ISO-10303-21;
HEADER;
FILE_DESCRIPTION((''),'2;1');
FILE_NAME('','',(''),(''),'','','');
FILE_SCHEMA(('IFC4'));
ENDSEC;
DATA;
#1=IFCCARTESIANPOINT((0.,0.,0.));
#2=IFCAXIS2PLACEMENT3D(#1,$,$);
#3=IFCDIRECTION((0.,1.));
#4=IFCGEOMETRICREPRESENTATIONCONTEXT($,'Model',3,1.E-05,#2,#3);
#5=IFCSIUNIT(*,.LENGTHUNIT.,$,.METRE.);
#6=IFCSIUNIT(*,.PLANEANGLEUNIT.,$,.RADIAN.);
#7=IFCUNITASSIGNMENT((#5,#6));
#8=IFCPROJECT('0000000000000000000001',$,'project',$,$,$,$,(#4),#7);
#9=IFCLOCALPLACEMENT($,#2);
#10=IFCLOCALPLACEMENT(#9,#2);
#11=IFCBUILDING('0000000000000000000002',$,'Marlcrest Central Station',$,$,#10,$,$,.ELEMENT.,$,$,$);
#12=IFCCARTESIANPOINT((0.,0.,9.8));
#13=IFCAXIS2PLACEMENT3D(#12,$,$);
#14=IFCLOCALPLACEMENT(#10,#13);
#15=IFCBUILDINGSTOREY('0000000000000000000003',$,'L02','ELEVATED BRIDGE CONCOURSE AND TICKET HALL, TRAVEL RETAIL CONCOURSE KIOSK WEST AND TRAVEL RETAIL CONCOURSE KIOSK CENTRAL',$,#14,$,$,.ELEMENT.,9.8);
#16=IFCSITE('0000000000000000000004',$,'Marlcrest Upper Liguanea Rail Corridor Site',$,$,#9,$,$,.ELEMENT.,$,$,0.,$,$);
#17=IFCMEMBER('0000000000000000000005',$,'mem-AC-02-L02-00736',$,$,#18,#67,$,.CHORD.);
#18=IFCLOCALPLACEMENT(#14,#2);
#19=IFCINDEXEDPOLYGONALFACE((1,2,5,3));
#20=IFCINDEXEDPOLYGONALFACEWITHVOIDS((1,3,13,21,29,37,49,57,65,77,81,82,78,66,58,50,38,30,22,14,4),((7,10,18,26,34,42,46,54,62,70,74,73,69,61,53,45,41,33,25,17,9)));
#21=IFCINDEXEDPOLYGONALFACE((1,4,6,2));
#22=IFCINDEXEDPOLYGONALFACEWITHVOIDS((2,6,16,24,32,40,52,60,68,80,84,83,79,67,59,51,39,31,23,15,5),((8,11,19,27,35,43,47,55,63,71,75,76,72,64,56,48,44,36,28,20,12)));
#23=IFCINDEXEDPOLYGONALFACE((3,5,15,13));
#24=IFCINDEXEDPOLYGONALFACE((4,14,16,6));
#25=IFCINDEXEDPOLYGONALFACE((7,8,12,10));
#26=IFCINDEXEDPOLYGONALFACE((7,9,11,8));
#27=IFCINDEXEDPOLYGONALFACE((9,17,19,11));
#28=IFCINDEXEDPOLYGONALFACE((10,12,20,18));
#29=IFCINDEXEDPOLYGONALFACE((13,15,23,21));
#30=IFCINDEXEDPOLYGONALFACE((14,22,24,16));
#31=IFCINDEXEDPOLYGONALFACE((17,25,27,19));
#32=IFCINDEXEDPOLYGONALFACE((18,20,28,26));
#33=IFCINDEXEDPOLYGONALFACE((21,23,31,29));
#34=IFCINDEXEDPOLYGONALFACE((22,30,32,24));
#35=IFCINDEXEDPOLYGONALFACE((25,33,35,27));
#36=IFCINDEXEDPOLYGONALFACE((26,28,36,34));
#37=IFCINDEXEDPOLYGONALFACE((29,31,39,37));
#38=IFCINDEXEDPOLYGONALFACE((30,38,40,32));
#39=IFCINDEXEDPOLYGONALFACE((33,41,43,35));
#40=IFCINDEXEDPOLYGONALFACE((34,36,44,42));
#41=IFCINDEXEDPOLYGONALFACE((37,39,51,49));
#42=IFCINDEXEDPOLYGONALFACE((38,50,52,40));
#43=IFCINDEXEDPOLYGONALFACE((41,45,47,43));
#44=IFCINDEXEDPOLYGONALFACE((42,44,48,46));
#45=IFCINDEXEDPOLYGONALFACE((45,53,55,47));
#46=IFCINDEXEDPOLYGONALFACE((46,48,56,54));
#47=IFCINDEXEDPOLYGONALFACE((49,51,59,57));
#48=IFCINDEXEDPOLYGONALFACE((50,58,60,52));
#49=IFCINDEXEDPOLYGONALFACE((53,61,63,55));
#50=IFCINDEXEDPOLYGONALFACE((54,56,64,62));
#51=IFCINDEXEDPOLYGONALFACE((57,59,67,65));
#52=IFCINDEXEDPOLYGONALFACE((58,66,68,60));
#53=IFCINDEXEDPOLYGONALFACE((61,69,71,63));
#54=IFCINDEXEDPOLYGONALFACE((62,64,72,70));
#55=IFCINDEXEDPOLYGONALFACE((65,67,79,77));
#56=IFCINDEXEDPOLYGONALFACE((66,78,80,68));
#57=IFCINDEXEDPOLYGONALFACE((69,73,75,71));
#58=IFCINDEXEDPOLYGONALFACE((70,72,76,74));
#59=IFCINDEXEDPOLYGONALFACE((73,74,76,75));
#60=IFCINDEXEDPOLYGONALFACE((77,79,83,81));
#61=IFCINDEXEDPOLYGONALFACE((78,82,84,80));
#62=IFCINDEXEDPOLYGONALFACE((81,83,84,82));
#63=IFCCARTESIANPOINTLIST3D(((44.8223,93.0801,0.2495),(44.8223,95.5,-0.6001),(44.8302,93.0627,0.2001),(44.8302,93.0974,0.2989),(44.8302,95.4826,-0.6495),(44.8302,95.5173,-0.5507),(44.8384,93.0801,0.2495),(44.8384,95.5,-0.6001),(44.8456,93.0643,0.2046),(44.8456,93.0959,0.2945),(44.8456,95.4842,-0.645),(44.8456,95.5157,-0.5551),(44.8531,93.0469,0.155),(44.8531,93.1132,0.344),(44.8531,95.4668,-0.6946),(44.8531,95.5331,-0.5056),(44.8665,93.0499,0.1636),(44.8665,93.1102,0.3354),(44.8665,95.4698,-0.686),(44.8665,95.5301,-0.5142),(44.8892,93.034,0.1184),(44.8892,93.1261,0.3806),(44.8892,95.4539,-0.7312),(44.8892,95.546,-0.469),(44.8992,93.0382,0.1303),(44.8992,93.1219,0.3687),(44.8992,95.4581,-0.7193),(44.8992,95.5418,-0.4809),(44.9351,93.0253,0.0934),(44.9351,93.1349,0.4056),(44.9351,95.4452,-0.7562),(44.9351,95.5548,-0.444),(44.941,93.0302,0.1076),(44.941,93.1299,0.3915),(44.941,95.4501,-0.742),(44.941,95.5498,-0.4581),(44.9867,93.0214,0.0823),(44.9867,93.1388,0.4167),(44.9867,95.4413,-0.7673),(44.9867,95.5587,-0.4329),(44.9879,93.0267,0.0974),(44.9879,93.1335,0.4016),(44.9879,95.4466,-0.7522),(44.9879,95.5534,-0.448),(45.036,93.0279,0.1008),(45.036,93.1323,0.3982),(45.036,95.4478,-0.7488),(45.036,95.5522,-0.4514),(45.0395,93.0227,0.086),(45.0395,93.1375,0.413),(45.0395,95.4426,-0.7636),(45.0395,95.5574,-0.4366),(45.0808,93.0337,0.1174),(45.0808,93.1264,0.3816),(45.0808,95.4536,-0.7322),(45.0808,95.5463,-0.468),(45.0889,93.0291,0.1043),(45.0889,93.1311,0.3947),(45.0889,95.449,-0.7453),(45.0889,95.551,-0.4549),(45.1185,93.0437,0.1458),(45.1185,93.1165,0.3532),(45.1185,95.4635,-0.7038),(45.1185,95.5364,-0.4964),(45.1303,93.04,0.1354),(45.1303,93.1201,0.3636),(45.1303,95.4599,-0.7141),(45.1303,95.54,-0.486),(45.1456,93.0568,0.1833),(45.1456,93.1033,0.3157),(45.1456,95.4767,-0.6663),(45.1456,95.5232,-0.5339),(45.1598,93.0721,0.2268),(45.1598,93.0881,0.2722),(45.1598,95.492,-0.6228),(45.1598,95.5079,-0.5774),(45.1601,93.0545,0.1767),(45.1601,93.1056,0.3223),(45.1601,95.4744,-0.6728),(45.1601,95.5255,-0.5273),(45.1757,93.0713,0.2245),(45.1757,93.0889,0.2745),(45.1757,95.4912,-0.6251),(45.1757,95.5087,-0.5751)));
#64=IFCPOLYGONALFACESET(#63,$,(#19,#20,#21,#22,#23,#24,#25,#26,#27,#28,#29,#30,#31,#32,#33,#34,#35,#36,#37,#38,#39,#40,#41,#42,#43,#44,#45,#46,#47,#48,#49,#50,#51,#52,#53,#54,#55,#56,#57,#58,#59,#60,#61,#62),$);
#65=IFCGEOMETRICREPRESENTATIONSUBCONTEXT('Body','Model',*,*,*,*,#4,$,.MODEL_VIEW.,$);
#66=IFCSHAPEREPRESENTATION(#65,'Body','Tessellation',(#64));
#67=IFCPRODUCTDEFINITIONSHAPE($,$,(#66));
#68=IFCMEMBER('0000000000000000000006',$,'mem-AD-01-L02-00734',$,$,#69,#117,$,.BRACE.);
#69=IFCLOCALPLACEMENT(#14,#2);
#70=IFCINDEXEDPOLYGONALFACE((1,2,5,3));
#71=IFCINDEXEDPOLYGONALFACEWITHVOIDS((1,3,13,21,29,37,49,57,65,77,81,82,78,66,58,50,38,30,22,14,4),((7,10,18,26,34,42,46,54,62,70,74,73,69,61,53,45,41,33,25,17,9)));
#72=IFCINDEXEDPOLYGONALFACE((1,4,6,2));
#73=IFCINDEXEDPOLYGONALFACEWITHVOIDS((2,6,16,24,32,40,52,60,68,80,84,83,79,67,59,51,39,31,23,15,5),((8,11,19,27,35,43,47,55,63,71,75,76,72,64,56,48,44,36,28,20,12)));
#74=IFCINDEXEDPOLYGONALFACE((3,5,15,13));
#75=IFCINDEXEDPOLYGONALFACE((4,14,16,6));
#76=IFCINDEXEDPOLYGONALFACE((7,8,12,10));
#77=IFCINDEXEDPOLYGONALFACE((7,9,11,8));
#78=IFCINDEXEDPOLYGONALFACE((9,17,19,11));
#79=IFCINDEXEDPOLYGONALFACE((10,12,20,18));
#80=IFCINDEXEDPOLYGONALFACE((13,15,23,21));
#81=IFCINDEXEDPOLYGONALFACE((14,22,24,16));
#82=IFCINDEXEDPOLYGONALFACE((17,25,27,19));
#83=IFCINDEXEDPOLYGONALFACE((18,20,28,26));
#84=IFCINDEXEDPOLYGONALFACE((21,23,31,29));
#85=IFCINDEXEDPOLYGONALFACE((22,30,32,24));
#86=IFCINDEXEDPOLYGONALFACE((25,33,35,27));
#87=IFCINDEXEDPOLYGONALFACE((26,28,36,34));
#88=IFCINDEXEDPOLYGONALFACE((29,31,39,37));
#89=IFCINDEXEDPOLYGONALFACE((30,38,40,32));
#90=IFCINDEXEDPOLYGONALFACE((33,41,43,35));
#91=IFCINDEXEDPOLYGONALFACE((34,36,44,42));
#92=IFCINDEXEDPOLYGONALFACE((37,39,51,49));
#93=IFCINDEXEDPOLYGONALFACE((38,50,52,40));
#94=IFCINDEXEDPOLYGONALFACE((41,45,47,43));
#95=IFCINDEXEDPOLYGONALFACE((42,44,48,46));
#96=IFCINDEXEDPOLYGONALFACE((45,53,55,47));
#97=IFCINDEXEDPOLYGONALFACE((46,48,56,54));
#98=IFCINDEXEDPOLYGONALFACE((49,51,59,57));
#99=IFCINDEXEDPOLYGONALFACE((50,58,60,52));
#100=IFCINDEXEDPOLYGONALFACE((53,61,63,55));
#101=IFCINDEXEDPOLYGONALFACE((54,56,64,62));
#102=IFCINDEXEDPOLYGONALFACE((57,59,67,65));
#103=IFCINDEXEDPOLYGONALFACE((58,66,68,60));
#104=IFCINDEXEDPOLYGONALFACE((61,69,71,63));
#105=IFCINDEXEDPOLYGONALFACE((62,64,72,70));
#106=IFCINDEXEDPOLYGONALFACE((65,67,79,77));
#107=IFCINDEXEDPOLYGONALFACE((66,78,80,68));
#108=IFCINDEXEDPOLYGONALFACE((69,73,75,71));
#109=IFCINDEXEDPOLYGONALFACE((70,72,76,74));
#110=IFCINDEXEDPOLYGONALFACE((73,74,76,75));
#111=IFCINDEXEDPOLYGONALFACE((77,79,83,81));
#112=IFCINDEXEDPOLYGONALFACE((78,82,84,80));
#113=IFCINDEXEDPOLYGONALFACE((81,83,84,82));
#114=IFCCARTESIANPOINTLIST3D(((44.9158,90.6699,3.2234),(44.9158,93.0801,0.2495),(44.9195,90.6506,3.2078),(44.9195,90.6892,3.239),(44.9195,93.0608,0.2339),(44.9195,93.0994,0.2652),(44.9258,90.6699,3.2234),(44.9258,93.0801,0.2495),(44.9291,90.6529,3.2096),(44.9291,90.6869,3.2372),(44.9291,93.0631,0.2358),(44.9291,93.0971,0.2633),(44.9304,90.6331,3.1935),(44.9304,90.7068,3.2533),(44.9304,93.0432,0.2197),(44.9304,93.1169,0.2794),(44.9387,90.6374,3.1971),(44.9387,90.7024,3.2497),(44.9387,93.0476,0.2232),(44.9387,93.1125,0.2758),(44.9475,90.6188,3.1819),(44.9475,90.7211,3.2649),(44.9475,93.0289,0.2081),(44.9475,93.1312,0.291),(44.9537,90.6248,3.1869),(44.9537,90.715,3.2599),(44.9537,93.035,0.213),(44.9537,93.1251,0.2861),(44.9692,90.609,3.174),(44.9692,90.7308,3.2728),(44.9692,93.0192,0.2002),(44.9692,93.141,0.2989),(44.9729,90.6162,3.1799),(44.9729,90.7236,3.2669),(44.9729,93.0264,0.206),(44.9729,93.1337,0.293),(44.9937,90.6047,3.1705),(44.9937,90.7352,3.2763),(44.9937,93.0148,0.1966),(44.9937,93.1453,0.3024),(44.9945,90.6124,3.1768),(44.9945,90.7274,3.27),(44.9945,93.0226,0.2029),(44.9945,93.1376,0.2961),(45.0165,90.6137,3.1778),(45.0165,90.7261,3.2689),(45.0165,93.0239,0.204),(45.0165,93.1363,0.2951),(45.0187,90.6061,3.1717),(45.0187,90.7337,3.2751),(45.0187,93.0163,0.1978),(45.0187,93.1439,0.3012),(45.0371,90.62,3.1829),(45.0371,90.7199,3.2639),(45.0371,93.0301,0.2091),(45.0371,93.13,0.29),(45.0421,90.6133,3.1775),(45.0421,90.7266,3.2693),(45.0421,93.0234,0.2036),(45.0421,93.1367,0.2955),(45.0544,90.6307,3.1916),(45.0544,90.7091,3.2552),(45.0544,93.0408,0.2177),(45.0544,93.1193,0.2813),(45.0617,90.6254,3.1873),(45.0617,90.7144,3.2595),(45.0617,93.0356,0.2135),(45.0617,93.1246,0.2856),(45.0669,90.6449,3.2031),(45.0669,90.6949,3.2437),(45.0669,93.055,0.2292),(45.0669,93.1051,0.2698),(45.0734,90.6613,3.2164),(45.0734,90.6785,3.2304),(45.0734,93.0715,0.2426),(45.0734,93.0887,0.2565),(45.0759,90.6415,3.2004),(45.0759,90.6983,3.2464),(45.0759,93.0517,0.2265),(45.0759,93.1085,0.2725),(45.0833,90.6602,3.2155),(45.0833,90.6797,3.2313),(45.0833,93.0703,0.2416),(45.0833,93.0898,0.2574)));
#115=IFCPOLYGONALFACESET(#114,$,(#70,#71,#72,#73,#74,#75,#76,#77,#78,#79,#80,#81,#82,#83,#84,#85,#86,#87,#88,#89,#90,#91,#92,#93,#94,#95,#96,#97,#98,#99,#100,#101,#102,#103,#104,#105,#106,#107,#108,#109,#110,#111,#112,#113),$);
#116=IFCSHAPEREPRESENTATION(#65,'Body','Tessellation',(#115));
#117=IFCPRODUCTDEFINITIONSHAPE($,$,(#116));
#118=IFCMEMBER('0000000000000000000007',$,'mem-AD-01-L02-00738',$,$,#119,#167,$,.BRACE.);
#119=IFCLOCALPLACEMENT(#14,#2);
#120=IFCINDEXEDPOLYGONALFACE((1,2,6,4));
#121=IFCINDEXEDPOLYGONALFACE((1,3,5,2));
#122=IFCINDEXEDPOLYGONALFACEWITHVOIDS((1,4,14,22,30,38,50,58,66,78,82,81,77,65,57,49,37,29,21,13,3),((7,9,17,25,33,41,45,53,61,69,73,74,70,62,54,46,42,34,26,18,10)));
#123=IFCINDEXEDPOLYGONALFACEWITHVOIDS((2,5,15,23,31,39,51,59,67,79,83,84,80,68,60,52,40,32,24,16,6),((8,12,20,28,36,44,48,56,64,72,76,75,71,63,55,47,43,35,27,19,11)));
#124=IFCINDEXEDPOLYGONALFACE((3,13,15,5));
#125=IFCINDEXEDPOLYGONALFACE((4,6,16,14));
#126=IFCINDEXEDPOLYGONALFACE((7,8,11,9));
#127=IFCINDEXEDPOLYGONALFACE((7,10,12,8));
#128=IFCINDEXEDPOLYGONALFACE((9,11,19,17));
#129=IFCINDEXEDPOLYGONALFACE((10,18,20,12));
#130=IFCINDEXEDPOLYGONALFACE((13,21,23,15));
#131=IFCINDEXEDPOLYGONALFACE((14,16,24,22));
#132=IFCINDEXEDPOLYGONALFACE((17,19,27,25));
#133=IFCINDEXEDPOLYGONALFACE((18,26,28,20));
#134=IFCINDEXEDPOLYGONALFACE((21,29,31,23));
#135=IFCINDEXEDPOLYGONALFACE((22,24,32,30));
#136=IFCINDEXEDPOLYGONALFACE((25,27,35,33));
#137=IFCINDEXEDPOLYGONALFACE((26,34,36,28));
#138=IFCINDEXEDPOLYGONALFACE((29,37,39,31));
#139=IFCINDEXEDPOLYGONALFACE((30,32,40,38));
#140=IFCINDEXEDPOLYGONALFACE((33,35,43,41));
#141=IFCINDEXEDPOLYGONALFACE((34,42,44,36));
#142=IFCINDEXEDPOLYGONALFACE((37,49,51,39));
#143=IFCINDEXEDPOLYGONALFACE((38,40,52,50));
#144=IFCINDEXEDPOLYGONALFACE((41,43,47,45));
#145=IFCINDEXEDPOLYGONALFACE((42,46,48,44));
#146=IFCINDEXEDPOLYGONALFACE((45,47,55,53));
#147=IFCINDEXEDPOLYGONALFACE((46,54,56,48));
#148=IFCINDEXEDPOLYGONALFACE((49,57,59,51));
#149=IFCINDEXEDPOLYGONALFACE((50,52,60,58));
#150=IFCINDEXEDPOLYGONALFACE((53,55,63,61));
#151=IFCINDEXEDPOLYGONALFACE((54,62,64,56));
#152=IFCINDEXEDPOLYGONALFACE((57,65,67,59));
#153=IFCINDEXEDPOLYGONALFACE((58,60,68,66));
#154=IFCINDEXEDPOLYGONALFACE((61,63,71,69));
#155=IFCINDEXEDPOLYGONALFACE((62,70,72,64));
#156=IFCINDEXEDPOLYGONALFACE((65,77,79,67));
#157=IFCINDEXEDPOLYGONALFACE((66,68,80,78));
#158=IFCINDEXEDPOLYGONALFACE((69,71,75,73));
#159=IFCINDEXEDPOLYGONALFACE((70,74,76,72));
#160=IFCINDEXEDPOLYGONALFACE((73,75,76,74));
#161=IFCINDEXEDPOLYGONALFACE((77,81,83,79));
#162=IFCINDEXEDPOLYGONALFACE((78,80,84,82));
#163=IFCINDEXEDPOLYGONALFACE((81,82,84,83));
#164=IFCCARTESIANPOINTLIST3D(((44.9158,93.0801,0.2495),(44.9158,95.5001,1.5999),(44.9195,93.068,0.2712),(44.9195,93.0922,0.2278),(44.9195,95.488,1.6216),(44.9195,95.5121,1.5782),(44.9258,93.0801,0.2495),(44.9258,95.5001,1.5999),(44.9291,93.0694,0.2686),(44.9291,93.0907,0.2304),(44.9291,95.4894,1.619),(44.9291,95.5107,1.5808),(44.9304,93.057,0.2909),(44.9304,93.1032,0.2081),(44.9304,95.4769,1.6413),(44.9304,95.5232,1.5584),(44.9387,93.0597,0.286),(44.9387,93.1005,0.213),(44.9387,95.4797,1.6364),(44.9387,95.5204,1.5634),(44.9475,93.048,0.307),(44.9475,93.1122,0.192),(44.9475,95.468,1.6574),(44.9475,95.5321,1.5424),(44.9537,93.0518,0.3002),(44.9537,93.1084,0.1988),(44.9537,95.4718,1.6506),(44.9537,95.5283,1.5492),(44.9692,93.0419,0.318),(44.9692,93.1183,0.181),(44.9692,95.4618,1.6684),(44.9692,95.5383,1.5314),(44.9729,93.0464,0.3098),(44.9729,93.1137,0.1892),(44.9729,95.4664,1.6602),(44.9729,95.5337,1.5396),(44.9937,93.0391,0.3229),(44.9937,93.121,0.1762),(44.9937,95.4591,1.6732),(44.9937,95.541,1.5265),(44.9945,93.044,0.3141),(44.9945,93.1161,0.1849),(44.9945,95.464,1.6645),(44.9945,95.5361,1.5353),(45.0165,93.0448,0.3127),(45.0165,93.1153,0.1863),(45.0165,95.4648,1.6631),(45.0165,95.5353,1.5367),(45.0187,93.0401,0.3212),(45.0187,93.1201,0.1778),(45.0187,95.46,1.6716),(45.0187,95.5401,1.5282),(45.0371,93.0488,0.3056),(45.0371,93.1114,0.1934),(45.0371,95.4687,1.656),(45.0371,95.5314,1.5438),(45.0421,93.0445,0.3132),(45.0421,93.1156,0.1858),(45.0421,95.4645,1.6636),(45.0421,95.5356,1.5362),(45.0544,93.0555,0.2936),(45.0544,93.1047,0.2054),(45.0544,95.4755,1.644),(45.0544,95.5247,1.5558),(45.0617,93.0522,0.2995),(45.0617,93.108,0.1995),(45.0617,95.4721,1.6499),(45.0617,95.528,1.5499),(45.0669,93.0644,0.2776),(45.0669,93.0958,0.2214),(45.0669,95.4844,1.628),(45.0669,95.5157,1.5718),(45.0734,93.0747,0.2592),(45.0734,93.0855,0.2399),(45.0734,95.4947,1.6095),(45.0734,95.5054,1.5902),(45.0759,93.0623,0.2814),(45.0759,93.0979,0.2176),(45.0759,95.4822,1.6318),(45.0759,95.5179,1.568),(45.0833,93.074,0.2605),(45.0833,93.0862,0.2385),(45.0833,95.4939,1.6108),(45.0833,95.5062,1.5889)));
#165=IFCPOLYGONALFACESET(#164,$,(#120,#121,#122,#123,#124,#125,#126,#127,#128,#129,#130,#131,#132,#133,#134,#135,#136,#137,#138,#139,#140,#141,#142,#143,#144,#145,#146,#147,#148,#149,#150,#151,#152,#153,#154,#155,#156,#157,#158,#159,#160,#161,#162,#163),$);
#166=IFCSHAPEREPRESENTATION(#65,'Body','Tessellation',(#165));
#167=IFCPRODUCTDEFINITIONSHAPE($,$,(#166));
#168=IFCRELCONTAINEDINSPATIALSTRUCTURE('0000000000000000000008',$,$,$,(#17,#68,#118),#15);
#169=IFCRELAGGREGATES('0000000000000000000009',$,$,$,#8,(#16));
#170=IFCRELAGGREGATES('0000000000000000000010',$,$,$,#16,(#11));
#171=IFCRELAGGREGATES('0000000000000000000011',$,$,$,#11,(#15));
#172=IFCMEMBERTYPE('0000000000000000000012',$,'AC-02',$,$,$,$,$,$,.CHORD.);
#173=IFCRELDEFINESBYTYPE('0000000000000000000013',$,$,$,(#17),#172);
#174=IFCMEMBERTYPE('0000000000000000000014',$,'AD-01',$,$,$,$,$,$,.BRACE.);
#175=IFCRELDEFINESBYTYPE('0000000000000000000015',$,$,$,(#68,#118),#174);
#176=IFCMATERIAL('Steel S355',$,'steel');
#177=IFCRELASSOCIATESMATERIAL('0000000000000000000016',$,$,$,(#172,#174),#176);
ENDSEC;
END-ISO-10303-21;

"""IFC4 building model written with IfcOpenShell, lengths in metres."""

from ifc_helpers import new_model, si_unit, direction, frame, origin, origin_2d, place, context, subcontext, project, spatial, hollow_circle, extrude, material, material_profile, profile_set, type_object, element, save


model = new_model("IFC4")

# Units and contexts
model_context = context("Model", 3, precision=1e-05, world=origin(), true_north=direction((0.0, 1.0)))
body_context = subcontext(model_context, "Body", "Model", "MODEL_VIEW")
ifc_project = project(units=[si_unit("LENGTHUNIT", "METRE"), si_unit("PLANEANGLEUNIT", "RADIAN")], contexts=[model_context])

# Site, building, storey
site_placement = place(None, origin())
site = spatial("IfcSite", under=ifc_project, at=site_placement, Name="Marlcrest Upper Liguanea Rail Corridor Site", CompositionType="ELEMENT", RefElevation=0.0)
building_placement = place(site_placement, origin())
building = spatial("IfcBuilding", under=site, at=building_placement, Name="Marlcrest Central Station", CompositionType="ELEMENT")
storey_placement = place(building_placement, frame((0.0, 0.0, 9.8)))
storey = spatial("IfcBuildingStorey", under=building, at=storey_placement, Name="L02", Description="ELEVATED BRIDGE CONCOURSE AND TICKET HALL, TRAVEL RETAIL CONCOURSE KIOSK WEST AND TRAVEL RETAIL CONCOURSE KIOSK CENTRAL", CompositionType="ELEMENT", Elevation=9.8)

# Members
ifc_material_1 = material(Name="Steel S355", Category="steel")
ifc_material_profile_1 = material_profile(ifc_material_1, hollow_circle(Radius=0.1777, WallThickness=0.0161, at=origin_2d()), Name="CHS 355.6x16")
ifc_profile_set_1 = profile_set([ifc_material_profile_1], Name="Steel S355")
member_type_1 = type_object("IfcMemberType", Name="AC-02", PredefinedType="CHORD", material=ifc_profile_set_1)
member_1_placement = place(storey_placement, frame((45.0, 93.0801, 0.2495), z_axis=(0.0, 0.943537, -0.331266), x_axis=(-1.0, 0.0, 0.0)))
element("IfcMember", 1, at=member_1_placement, inside=storey, type_object=member_type_1, Name="mem-AC-02-L02-00736", PredefinedType="CHORD", context=body_context, shape_type="SweptSolid", body=[
    extrude(hollow_circle(Radius=0.1777, WallThickness=0.0161, at=origin_2d()), origin(), (0.0, 0.0, 1.0), 2.5647),
])
ifc_material_profile_2 = material_profile(ifc_material_1, hollow_circle(Radius=0.0842, WallThickness=0.01, at=origin_2d()), Name="CHS 168.3x10")
ifc_profile_set_2 = profile_set([ifc_material_profile_2], Name="Steel S355")
member_type_2 = type_object("IfcMemberType", Name="AD-01", PredefinedType="BRACE", material=ifc_profile_set_2)
member_2_placement = place(storey_placement, frame((45.0, 90.6699, 3.2234), z_axis=(0.0, 0.629629, -0.776896), x_axis=(-1.0, 0.0, 0.0)))
element("IfcMember", 2, at=member_2_placement, inside=storey, type_object=member_type_2, Name="mem-AD-01-L02-00734", PredefinedType="BRACE", context=body_context, shape_type="SweptSolid", body=[
    extrude(hollow_circle(Radius=0.0842, WallThickness=0.01, at=origin_2d()), origin(), (0.0, 0.0, 1.0), 3.8279),
])
member_3_placement = place(storey_placement, frame((45.0, 93.0801, 0.2495), z_axis=(0.0, 0.873246, 0.48728), x_axis=(-1.0, 0.0, 0.0)))
element("IfcMember", 3, at=member_3_placement, inside=storey, type_object=member_type_2, Name="mem-AD-01-L02-00738", PredefinedType="BRACE", context=body_context, shape_type="SweptSolid", body=[
    extrude(hollow_circle(Radius=0.0842, WallThickness=0.01, at=origin_2d()), origin(), (0.0, 0.0, 1.0), 2.7712),
])

save(model, "model.ifc")
